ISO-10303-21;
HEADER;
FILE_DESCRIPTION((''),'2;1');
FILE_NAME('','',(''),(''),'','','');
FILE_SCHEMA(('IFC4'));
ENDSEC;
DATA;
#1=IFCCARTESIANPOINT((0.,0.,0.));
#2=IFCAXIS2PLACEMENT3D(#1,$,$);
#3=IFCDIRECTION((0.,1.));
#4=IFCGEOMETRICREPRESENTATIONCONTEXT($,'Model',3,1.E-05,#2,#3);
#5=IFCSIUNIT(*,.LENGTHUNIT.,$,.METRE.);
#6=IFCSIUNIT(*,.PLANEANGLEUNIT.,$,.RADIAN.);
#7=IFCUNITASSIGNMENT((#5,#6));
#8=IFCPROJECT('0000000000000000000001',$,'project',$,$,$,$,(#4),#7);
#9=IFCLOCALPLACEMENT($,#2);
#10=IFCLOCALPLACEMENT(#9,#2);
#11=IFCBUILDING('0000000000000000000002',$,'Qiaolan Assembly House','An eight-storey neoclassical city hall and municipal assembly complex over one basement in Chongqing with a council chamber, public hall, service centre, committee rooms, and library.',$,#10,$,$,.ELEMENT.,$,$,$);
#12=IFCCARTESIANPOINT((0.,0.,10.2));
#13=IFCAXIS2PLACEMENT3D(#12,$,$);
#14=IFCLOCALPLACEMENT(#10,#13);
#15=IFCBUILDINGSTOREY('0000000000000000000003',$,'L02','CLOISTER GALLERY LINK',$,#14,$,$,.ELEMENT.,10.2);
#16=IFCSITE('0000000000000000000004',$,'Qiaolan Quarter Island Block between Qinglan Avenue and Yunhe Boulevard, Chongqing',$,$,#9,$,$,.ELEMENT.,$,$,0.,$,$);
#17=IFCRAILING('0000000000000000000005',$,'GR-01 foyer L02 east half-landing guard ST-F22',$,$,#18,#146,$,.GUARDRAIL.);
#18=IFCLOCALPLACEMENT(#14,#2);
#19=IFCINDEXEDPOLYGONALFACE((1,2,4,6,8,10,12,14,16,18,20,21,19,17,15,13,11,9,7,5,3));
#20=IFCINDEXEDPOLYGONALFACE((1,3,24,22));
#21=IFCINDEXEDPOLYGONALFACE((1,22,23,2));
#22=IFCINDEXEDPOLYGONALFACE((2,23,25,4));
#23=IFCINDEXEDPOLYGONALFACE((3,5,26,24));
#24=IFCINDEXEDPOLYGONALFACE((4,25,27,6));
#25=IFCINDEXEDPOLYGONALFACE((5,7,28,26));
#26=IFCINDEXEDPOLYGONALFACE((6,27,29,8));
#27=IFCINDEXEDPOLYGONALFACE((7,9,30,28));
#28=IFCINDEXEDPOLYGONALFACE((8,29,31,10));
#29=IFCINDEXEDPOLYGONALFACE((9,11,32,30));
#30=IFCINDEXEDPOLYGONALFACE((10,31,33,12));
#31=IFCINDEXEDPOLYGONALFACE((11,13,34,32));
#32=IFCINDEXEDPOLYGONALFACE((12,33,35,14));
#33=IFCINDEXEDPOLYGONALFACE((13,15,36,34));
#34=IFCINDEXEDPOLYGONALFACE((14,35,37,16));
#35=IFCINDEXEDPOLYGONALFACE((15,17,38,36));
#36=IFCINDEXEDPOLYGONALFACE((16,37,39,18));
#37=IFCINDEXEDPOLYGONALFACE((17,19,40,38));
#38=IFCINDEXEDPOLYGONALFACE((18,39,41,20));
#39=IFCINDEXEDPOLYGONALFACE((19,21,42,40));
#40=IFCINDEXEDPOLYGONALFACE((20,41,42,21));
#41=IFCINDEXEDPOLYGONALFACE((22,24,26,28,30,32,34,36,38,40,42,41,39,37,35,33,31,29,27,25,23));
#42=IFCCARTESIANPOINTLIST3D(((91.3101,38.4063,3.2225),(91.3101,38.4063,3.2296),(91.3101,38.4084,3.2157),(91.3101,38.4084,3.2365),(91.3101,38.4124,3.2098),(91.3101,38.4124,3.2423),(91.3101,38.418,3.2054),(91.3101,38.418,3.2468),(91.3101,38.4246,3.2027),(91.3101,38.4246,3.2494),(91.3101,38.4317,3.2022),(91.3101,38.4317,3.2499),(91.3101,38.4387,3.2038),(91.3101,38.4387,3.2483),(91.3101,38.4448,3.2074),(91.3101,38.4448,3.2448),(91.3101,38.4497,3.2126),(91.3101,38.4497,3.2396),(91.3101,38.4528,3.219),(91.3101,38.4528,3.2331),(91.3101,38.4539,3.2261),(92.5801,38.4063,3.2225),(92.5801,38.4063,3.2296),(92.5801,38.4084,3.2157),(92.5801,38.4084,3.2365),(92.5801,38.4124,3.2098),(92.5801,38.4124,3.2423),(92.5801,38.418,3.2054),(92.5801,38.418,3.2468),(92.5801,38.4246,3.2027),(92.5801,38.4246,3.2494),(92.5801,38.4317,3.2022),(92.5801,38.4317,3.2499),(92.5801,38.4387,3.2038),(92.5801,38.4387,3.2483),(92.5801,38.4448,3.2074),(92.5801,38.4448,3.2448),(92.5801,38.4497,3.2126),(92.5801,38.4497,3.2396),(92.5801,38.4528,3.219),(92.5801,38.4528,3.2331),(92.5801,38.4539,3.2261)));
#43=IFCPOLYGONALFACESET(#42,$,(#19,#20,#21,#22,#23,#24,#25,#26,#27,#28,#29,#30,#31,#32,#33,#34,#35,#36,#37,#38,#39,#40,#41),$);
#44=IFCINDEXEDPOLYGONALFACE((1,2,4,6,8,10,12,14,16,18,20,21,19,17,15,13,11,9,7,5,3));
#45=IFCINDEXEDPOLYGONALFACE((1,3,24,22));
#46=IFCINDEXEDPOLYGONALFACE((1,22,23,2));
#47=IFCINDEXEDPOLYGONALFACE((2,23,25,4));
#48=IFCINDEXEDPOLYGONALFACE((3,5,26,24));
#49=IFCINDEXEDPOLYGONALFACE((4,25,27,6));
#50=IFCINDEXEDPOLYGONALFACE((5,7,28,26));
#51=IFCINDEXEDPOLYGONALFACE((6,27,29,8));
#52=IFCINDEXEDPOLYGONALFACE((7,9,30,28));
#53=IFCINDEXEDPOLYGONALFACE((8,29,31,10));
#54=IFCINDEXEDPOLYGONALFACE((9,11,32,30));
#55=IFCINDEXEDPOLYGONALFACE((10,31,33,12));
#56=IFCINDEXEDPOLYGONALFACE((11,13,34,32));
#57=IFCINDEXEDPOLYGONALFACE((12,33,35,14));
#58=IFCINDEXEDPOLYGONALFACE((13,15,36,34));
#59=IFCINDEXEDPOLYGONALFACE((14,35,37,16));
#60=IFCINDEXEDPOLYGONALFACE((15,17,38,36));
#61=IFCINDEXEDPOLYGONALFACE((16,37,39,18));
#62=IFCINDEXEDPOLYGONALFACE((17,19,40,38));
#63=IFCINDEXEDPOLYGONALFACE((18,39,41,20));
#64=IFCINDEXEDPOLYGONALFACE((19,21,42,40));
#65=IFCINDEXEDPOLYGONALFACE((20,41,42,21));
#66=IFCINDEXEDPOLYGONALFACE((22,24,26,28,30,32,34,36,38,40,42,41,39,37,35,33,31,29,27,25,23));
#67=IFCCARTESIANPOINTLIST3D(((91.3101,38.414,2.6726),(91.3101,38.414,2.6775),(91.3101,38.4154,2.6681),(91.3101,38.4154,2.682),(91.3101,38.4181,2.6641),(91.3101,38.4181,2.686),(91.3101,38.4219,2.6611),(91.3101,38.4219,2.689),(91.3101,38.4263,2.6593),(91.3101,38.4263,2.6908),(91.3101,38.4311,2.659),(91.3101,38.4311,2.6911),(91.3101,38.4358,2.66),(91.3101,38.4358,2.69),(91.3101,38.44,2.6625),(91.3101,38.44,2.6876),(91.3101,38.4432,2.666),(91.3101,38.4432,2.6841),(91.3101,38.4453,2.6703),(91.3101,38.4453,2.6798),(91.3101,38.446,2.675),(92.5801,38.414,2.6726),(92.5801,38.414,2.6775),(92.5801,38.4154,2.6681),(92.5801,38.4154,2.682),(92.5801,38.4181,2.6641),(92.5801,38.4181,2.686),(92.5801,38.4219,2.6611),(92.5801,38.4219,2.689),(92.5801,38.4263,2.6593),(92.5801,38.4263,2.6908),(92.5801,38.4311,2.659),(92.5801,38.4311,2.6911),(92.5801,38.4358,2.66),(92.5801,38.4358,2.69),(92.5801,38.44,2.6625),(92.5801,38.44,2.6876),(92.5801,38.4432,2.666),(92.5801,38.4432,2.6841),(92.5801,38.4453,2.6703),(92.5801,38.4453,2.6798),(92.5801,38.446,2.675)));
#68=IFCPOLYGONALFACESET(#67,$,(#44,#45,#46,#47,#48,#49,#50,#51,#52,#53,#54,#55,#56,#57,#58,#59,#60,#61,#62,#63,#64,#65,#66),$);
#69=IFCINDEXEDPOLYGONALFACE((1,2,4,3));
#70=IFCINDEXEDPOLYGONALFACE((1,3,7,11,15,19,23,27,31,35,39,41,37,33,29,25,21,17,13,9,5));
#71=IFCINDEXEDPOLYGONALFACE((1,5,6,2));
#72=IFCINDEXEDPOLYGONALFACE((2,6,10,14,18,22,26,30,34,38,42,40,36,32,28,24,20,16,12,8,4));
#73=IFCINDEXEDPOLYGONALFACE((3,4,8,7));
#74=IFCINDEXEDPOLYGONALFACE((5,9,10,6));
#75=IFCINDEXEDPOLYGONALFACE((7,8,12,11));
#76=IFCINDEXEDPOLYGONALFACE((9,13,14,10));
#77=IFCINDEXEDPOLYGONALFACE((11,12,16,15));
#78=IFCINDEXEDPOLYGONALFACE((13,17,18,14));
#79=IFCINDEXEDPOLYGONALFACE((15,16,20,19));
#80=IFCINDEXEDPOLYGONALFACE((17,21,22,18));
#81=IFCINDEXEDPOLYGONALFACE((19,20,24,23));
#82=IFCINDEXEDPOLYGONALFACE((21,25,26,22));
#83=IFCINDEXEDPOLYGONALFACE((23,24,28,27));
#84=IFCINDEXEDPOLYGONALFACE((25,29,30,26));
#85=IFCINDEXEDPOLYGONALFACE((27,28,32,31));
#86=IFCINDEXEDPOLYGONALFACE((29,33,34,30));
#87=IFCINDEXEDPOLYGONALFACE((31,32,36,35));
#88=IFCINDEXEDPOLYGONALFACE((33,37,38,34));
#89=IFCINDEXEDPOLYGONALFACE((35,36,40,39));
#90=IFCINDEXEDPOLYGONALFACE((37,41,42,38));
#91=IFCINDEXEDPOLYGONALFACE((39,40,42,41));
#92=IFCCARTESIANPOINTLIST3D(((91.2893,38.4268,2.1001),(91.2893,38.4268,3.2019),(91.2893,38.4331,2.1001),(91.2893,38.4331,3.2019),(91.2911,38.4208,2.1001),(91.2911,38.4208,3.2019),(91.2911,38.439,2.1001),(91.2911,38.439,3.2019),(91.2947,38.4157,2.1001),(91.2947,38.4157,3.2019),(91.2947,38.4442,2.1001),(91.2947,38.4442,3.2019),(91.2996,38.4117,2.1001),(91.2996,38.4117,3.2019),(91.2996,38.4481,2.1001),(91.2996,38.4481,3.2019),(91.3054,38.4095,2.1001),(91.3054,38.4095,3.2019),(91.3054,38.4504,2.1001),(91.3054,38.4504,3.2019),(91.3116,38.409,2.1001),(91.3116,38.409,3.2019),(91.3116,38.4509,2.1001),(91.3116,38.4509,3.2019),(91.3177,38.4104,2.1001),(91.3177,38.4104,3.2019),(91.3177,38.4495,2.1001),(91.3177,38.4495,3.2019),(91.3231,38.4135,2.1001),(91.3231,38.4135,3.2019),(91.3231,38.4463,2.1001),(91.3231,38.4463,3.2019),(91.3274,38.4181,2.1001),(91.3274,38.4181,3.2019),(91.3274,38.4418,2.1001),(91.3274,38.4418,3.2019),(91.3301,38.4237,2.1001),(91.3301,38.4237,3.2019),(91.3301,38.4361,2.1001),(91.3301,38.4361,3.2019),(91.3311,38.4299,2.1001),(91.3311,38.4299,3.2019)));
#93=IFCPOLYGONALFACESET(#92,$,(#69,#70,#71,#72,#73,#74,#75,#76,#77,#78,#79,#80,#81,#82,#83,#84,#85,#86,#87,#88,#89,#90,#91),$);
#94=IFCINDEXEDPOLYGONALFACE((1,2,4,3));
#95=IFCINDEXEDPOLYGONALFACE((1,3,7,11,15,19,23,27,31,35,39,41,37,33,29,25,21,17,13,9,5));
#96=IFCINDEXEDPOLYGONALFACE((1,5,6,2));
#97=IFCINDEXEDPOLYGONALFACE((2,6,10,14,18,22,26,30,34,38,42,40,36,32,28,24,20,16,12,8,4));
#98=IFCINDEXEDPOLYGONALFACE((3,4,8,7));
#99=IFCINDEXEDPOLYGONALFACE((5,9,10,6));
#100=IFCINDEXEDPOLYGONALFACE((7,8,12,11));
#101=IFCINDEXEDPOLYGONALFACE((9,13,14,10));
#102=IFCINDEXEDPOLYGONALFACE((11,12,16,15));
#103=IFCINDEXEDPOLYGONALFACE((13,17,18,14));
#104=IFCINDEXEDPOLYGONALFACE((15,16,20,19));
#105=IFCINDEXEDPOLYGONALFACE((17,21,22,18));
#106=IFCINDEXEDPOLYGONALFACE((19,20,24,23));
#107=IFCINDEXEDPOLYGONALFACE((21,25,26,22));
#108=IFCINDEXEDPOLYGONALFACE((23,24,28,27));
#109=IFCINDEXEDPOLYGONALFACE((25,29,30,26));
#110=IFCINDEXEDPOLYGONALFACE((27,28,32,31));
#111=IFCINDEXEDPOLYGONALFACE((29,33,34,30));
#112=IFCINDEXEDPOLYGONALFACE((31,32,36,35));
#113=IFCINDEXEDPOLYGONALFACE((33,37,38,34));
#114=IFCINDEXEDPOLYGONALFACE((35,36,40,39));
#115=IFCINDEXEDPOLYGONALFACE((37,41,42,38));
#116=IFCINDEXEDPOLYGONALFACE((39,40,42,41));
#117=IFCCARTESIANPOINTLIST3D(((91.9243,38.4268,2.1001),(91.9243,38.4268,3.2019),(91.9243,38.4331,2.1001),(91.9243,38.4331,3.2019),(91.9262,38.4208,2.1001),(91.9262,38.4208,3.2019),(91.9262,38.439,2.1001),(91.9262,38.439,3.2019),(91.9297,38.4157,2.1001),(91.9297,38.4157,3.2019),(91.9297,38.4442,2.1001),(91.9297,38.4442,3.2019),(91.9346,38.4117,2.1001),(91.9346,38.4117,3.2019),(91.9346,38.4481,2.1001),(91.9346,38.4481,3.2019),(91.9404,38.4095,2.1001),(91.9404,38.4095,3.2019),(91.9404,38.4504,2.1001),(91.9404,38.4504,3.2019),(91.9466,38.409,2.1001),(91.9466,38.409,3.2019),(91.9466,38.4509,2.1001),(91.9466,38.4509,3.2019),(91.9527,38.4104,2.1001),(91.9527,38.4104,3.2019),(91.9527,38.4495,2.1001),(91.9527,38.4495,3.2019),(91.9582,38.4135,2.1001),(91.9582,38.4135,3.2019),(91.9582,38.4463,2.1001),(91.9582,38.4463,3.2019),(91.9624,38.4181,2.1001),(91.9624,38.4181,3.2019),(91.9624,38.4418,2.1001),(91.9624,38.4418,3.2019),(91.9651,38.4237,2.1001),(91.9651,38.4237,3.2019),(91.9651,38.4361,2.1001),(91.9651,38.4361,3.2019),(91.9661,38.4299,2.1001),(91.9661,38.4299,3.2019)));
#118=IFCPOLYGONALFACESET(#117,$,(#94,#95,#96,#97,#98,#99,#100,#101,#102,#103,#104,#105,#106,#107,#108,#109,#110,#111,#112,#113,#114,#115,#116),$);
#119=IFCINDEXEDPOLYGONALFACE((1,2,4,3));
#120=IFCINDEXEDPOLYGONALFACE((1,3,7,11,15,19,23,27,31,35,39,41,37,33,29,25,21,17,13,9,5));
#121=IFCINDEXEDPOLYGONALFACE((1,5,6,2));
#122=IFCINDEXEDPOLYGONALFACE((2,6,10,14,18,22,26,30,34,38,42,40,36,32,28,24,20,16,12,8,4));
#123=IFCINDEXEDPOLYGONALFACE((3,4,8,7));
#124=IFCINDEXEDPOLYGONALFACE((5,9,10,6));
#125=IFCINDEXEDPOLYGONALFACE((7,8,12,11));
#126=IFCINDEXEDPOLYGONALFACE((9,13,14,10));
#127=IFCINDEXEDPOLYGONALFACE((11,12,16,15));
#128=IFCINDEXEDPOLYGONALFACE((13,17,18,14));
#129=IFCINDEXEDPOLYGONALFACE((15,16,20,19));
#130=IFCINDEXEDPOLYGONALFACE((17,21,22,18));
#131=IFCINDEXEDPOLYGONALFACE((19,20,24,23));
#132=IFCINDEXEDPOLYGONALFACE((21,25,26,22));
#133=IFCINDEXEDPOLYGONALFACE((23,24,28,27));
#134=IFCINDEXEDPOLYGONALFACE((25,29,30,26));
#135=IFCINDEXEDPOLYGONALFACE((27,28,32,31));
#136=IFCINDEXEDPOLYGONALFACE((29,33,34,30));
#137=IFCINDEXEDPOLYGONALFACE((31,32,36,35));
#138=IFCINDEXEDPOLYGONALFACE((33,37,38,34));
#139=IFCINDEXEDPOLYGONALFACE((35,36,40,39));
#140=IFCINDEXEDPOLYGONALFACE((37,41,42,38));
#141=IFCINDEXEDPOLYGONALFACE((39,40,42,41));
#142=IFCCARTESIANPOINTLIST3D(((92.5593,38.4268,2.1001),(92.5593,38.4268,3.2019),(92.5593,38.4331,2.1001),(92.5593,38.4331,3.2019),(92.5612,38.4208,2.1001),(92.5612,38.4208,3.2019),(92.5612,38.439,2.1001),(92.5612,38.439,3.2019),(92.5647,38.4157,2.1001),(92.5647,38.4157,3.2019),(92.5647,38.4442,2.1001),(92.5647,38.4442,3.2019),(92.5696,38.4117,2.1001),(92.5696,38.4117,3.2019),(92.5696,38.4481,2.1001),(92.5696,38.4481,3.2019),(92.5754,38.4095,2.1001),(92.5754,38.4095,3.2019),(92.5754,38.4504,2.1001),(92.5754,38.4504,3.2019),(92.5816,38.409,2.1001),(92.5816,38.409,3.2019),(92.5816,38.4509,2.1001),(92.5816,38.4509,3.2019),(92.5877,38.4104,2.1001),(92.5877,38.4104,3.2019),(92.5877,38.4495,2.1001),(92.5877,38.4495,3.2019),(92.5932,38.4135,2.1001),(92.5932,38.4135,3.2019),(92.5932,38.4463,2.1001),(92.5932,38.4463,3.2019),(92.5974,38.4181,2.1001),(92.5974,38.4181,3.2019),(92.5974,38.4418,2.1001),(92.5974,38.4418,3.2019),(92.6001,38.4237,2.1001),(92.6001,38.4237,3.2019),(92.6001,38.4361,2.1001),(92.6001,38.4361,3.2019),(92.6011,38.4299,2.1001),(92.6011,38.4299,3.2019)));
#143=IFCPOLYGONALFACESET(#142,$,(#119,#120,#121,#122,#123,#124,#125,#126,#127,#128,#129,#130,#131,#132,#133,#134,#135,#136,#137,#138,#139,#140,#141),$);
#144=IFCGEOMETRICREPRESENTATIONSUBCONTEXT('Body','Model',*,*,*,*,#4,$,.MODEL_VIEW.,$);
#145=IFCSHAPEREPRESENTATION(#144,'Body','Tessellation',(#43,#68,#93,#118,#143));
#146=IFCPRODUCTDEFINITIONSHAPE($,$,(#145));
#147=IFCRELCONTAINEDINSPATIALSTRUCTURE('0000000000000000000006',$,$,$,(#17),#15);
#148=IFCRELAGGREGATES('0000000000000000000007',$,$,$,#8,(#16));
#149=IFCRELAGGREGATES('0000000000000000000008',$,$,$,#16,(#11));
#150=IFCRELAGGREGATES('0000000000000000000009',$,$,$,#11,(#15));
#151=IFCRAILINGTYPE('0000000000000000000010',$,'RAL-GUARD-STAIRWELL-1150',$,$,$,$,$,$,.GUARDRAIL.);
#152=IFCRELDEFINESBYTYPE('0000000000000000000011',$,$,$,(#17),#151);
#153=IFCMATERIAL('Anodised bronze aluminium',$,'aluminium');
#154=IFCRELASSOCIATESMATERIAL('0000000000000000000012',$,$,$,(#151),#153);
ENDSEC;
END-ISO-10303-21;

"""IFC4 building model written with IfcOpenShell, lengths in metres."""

from ifc_helpers import new_model, si_unit, direction, frame, origin, origin_2d, place, context, subcontext, project, spatial, circle, extrude, material, type_object, element, save


model = new_model("IFC4")

# Units and contexts
model_context = context("Model", 3, precision=1e-05, world=origin(), true_north=direction((0.0, 1.0)))
body_context = subcontext(model_context, "Body", "Model", "MODEL_VIEW")
ifc_project = project(units=[si_unit("LENGTHUNIT", "METRE"), si_unit("PLANEANGLEUNIT", "RADIAN")], contexts=[model_context])

# Site, building, storey
site_placement = place(None, origin())
site = spatial("IfcSite", under=ifc_project, at=site_placement, Name="Qiaolan Quarter Island Block between Qinglan Avenue and Yunhe Boulevard, Chongqing", CompositionType="ELEMENT", RefElevation=0.0)
building_placement = place(site_placement, origin())
building = spatial("IfcBuilding", under=site, at=building_placement, Name="Qiaolan Assembly House", Description="An eight-storey neoclassical city hall and municipal assembly complex over one basement in Chongqing with a council chamber, public hall, service centre, committee rooms, and library.", CompositionType="ELEMENT")
storey_placement = place(building_placement, frame((0.0, 0.0, 10.2)))
storey = spatial("IfcBuildingStorey", under=building, at=storey_placement, Name="L02", Description="CLOISTER GALLERY LINK", CompositionType="ELEMENT", Elevation=10.2)

# Railing
ifc_material_1 = material(Name="Anodised bronze aluminium", Category="aluminium")
railing_type = type_object("IfcRailingType", Name="RAL-GUARD-STAIRWELL-1150", PredefinedType="GUARDRAIL", material=ifc_material_1)
railing_1_placement = place(storey_placement, frame((91.3101, 38.4299, 2.1001)))
element("IfcRailing", 1, at=railing_1_placement, inside=storey, type_object=railing_type, Name="GR-01 foyer L02 east half-landing guard ST-F22", PredefinedType="GUARDRAIL", context=body_context, shape_type="SweptSolid", body=[
    extrude(circle(Radius=0.0239, at=origin_2d()), frame((0.0, 0.0, 1.126), z_axis=(1.0, 0.0, 0.0), x_axis=(0.0, 1.0, 0.0)), (0.0, 0.0, 1.0), 1.27),
    extrude(circle(Radius=0.0161, at=origin_2d()), frame((0.0, 0.0, 0.575), z_axis=(1.0, 0.0, 0.0), x_axis=(0.0, 1.0, 0.0)), (0.0, 0.0, 1.0), 1.27),
    extrude(circle(Radius=0.021, at=origin_2d()), origin(), (0.0, 0.0, 1.0), 1.1018),
    extrude(circle(Radius=0.021, at=origin_2d()), frame((0.635, 0.0, 0.0)), (0.0, 0.0, 1.0), 1.1018),
    extrude(circle(Radius=0.021, at=origin_2d()), frame((1.27, 0.0, 0.0)), (0.0, 0.0, 1.0), 1.1018),
])

save(model, "model.ifc")
